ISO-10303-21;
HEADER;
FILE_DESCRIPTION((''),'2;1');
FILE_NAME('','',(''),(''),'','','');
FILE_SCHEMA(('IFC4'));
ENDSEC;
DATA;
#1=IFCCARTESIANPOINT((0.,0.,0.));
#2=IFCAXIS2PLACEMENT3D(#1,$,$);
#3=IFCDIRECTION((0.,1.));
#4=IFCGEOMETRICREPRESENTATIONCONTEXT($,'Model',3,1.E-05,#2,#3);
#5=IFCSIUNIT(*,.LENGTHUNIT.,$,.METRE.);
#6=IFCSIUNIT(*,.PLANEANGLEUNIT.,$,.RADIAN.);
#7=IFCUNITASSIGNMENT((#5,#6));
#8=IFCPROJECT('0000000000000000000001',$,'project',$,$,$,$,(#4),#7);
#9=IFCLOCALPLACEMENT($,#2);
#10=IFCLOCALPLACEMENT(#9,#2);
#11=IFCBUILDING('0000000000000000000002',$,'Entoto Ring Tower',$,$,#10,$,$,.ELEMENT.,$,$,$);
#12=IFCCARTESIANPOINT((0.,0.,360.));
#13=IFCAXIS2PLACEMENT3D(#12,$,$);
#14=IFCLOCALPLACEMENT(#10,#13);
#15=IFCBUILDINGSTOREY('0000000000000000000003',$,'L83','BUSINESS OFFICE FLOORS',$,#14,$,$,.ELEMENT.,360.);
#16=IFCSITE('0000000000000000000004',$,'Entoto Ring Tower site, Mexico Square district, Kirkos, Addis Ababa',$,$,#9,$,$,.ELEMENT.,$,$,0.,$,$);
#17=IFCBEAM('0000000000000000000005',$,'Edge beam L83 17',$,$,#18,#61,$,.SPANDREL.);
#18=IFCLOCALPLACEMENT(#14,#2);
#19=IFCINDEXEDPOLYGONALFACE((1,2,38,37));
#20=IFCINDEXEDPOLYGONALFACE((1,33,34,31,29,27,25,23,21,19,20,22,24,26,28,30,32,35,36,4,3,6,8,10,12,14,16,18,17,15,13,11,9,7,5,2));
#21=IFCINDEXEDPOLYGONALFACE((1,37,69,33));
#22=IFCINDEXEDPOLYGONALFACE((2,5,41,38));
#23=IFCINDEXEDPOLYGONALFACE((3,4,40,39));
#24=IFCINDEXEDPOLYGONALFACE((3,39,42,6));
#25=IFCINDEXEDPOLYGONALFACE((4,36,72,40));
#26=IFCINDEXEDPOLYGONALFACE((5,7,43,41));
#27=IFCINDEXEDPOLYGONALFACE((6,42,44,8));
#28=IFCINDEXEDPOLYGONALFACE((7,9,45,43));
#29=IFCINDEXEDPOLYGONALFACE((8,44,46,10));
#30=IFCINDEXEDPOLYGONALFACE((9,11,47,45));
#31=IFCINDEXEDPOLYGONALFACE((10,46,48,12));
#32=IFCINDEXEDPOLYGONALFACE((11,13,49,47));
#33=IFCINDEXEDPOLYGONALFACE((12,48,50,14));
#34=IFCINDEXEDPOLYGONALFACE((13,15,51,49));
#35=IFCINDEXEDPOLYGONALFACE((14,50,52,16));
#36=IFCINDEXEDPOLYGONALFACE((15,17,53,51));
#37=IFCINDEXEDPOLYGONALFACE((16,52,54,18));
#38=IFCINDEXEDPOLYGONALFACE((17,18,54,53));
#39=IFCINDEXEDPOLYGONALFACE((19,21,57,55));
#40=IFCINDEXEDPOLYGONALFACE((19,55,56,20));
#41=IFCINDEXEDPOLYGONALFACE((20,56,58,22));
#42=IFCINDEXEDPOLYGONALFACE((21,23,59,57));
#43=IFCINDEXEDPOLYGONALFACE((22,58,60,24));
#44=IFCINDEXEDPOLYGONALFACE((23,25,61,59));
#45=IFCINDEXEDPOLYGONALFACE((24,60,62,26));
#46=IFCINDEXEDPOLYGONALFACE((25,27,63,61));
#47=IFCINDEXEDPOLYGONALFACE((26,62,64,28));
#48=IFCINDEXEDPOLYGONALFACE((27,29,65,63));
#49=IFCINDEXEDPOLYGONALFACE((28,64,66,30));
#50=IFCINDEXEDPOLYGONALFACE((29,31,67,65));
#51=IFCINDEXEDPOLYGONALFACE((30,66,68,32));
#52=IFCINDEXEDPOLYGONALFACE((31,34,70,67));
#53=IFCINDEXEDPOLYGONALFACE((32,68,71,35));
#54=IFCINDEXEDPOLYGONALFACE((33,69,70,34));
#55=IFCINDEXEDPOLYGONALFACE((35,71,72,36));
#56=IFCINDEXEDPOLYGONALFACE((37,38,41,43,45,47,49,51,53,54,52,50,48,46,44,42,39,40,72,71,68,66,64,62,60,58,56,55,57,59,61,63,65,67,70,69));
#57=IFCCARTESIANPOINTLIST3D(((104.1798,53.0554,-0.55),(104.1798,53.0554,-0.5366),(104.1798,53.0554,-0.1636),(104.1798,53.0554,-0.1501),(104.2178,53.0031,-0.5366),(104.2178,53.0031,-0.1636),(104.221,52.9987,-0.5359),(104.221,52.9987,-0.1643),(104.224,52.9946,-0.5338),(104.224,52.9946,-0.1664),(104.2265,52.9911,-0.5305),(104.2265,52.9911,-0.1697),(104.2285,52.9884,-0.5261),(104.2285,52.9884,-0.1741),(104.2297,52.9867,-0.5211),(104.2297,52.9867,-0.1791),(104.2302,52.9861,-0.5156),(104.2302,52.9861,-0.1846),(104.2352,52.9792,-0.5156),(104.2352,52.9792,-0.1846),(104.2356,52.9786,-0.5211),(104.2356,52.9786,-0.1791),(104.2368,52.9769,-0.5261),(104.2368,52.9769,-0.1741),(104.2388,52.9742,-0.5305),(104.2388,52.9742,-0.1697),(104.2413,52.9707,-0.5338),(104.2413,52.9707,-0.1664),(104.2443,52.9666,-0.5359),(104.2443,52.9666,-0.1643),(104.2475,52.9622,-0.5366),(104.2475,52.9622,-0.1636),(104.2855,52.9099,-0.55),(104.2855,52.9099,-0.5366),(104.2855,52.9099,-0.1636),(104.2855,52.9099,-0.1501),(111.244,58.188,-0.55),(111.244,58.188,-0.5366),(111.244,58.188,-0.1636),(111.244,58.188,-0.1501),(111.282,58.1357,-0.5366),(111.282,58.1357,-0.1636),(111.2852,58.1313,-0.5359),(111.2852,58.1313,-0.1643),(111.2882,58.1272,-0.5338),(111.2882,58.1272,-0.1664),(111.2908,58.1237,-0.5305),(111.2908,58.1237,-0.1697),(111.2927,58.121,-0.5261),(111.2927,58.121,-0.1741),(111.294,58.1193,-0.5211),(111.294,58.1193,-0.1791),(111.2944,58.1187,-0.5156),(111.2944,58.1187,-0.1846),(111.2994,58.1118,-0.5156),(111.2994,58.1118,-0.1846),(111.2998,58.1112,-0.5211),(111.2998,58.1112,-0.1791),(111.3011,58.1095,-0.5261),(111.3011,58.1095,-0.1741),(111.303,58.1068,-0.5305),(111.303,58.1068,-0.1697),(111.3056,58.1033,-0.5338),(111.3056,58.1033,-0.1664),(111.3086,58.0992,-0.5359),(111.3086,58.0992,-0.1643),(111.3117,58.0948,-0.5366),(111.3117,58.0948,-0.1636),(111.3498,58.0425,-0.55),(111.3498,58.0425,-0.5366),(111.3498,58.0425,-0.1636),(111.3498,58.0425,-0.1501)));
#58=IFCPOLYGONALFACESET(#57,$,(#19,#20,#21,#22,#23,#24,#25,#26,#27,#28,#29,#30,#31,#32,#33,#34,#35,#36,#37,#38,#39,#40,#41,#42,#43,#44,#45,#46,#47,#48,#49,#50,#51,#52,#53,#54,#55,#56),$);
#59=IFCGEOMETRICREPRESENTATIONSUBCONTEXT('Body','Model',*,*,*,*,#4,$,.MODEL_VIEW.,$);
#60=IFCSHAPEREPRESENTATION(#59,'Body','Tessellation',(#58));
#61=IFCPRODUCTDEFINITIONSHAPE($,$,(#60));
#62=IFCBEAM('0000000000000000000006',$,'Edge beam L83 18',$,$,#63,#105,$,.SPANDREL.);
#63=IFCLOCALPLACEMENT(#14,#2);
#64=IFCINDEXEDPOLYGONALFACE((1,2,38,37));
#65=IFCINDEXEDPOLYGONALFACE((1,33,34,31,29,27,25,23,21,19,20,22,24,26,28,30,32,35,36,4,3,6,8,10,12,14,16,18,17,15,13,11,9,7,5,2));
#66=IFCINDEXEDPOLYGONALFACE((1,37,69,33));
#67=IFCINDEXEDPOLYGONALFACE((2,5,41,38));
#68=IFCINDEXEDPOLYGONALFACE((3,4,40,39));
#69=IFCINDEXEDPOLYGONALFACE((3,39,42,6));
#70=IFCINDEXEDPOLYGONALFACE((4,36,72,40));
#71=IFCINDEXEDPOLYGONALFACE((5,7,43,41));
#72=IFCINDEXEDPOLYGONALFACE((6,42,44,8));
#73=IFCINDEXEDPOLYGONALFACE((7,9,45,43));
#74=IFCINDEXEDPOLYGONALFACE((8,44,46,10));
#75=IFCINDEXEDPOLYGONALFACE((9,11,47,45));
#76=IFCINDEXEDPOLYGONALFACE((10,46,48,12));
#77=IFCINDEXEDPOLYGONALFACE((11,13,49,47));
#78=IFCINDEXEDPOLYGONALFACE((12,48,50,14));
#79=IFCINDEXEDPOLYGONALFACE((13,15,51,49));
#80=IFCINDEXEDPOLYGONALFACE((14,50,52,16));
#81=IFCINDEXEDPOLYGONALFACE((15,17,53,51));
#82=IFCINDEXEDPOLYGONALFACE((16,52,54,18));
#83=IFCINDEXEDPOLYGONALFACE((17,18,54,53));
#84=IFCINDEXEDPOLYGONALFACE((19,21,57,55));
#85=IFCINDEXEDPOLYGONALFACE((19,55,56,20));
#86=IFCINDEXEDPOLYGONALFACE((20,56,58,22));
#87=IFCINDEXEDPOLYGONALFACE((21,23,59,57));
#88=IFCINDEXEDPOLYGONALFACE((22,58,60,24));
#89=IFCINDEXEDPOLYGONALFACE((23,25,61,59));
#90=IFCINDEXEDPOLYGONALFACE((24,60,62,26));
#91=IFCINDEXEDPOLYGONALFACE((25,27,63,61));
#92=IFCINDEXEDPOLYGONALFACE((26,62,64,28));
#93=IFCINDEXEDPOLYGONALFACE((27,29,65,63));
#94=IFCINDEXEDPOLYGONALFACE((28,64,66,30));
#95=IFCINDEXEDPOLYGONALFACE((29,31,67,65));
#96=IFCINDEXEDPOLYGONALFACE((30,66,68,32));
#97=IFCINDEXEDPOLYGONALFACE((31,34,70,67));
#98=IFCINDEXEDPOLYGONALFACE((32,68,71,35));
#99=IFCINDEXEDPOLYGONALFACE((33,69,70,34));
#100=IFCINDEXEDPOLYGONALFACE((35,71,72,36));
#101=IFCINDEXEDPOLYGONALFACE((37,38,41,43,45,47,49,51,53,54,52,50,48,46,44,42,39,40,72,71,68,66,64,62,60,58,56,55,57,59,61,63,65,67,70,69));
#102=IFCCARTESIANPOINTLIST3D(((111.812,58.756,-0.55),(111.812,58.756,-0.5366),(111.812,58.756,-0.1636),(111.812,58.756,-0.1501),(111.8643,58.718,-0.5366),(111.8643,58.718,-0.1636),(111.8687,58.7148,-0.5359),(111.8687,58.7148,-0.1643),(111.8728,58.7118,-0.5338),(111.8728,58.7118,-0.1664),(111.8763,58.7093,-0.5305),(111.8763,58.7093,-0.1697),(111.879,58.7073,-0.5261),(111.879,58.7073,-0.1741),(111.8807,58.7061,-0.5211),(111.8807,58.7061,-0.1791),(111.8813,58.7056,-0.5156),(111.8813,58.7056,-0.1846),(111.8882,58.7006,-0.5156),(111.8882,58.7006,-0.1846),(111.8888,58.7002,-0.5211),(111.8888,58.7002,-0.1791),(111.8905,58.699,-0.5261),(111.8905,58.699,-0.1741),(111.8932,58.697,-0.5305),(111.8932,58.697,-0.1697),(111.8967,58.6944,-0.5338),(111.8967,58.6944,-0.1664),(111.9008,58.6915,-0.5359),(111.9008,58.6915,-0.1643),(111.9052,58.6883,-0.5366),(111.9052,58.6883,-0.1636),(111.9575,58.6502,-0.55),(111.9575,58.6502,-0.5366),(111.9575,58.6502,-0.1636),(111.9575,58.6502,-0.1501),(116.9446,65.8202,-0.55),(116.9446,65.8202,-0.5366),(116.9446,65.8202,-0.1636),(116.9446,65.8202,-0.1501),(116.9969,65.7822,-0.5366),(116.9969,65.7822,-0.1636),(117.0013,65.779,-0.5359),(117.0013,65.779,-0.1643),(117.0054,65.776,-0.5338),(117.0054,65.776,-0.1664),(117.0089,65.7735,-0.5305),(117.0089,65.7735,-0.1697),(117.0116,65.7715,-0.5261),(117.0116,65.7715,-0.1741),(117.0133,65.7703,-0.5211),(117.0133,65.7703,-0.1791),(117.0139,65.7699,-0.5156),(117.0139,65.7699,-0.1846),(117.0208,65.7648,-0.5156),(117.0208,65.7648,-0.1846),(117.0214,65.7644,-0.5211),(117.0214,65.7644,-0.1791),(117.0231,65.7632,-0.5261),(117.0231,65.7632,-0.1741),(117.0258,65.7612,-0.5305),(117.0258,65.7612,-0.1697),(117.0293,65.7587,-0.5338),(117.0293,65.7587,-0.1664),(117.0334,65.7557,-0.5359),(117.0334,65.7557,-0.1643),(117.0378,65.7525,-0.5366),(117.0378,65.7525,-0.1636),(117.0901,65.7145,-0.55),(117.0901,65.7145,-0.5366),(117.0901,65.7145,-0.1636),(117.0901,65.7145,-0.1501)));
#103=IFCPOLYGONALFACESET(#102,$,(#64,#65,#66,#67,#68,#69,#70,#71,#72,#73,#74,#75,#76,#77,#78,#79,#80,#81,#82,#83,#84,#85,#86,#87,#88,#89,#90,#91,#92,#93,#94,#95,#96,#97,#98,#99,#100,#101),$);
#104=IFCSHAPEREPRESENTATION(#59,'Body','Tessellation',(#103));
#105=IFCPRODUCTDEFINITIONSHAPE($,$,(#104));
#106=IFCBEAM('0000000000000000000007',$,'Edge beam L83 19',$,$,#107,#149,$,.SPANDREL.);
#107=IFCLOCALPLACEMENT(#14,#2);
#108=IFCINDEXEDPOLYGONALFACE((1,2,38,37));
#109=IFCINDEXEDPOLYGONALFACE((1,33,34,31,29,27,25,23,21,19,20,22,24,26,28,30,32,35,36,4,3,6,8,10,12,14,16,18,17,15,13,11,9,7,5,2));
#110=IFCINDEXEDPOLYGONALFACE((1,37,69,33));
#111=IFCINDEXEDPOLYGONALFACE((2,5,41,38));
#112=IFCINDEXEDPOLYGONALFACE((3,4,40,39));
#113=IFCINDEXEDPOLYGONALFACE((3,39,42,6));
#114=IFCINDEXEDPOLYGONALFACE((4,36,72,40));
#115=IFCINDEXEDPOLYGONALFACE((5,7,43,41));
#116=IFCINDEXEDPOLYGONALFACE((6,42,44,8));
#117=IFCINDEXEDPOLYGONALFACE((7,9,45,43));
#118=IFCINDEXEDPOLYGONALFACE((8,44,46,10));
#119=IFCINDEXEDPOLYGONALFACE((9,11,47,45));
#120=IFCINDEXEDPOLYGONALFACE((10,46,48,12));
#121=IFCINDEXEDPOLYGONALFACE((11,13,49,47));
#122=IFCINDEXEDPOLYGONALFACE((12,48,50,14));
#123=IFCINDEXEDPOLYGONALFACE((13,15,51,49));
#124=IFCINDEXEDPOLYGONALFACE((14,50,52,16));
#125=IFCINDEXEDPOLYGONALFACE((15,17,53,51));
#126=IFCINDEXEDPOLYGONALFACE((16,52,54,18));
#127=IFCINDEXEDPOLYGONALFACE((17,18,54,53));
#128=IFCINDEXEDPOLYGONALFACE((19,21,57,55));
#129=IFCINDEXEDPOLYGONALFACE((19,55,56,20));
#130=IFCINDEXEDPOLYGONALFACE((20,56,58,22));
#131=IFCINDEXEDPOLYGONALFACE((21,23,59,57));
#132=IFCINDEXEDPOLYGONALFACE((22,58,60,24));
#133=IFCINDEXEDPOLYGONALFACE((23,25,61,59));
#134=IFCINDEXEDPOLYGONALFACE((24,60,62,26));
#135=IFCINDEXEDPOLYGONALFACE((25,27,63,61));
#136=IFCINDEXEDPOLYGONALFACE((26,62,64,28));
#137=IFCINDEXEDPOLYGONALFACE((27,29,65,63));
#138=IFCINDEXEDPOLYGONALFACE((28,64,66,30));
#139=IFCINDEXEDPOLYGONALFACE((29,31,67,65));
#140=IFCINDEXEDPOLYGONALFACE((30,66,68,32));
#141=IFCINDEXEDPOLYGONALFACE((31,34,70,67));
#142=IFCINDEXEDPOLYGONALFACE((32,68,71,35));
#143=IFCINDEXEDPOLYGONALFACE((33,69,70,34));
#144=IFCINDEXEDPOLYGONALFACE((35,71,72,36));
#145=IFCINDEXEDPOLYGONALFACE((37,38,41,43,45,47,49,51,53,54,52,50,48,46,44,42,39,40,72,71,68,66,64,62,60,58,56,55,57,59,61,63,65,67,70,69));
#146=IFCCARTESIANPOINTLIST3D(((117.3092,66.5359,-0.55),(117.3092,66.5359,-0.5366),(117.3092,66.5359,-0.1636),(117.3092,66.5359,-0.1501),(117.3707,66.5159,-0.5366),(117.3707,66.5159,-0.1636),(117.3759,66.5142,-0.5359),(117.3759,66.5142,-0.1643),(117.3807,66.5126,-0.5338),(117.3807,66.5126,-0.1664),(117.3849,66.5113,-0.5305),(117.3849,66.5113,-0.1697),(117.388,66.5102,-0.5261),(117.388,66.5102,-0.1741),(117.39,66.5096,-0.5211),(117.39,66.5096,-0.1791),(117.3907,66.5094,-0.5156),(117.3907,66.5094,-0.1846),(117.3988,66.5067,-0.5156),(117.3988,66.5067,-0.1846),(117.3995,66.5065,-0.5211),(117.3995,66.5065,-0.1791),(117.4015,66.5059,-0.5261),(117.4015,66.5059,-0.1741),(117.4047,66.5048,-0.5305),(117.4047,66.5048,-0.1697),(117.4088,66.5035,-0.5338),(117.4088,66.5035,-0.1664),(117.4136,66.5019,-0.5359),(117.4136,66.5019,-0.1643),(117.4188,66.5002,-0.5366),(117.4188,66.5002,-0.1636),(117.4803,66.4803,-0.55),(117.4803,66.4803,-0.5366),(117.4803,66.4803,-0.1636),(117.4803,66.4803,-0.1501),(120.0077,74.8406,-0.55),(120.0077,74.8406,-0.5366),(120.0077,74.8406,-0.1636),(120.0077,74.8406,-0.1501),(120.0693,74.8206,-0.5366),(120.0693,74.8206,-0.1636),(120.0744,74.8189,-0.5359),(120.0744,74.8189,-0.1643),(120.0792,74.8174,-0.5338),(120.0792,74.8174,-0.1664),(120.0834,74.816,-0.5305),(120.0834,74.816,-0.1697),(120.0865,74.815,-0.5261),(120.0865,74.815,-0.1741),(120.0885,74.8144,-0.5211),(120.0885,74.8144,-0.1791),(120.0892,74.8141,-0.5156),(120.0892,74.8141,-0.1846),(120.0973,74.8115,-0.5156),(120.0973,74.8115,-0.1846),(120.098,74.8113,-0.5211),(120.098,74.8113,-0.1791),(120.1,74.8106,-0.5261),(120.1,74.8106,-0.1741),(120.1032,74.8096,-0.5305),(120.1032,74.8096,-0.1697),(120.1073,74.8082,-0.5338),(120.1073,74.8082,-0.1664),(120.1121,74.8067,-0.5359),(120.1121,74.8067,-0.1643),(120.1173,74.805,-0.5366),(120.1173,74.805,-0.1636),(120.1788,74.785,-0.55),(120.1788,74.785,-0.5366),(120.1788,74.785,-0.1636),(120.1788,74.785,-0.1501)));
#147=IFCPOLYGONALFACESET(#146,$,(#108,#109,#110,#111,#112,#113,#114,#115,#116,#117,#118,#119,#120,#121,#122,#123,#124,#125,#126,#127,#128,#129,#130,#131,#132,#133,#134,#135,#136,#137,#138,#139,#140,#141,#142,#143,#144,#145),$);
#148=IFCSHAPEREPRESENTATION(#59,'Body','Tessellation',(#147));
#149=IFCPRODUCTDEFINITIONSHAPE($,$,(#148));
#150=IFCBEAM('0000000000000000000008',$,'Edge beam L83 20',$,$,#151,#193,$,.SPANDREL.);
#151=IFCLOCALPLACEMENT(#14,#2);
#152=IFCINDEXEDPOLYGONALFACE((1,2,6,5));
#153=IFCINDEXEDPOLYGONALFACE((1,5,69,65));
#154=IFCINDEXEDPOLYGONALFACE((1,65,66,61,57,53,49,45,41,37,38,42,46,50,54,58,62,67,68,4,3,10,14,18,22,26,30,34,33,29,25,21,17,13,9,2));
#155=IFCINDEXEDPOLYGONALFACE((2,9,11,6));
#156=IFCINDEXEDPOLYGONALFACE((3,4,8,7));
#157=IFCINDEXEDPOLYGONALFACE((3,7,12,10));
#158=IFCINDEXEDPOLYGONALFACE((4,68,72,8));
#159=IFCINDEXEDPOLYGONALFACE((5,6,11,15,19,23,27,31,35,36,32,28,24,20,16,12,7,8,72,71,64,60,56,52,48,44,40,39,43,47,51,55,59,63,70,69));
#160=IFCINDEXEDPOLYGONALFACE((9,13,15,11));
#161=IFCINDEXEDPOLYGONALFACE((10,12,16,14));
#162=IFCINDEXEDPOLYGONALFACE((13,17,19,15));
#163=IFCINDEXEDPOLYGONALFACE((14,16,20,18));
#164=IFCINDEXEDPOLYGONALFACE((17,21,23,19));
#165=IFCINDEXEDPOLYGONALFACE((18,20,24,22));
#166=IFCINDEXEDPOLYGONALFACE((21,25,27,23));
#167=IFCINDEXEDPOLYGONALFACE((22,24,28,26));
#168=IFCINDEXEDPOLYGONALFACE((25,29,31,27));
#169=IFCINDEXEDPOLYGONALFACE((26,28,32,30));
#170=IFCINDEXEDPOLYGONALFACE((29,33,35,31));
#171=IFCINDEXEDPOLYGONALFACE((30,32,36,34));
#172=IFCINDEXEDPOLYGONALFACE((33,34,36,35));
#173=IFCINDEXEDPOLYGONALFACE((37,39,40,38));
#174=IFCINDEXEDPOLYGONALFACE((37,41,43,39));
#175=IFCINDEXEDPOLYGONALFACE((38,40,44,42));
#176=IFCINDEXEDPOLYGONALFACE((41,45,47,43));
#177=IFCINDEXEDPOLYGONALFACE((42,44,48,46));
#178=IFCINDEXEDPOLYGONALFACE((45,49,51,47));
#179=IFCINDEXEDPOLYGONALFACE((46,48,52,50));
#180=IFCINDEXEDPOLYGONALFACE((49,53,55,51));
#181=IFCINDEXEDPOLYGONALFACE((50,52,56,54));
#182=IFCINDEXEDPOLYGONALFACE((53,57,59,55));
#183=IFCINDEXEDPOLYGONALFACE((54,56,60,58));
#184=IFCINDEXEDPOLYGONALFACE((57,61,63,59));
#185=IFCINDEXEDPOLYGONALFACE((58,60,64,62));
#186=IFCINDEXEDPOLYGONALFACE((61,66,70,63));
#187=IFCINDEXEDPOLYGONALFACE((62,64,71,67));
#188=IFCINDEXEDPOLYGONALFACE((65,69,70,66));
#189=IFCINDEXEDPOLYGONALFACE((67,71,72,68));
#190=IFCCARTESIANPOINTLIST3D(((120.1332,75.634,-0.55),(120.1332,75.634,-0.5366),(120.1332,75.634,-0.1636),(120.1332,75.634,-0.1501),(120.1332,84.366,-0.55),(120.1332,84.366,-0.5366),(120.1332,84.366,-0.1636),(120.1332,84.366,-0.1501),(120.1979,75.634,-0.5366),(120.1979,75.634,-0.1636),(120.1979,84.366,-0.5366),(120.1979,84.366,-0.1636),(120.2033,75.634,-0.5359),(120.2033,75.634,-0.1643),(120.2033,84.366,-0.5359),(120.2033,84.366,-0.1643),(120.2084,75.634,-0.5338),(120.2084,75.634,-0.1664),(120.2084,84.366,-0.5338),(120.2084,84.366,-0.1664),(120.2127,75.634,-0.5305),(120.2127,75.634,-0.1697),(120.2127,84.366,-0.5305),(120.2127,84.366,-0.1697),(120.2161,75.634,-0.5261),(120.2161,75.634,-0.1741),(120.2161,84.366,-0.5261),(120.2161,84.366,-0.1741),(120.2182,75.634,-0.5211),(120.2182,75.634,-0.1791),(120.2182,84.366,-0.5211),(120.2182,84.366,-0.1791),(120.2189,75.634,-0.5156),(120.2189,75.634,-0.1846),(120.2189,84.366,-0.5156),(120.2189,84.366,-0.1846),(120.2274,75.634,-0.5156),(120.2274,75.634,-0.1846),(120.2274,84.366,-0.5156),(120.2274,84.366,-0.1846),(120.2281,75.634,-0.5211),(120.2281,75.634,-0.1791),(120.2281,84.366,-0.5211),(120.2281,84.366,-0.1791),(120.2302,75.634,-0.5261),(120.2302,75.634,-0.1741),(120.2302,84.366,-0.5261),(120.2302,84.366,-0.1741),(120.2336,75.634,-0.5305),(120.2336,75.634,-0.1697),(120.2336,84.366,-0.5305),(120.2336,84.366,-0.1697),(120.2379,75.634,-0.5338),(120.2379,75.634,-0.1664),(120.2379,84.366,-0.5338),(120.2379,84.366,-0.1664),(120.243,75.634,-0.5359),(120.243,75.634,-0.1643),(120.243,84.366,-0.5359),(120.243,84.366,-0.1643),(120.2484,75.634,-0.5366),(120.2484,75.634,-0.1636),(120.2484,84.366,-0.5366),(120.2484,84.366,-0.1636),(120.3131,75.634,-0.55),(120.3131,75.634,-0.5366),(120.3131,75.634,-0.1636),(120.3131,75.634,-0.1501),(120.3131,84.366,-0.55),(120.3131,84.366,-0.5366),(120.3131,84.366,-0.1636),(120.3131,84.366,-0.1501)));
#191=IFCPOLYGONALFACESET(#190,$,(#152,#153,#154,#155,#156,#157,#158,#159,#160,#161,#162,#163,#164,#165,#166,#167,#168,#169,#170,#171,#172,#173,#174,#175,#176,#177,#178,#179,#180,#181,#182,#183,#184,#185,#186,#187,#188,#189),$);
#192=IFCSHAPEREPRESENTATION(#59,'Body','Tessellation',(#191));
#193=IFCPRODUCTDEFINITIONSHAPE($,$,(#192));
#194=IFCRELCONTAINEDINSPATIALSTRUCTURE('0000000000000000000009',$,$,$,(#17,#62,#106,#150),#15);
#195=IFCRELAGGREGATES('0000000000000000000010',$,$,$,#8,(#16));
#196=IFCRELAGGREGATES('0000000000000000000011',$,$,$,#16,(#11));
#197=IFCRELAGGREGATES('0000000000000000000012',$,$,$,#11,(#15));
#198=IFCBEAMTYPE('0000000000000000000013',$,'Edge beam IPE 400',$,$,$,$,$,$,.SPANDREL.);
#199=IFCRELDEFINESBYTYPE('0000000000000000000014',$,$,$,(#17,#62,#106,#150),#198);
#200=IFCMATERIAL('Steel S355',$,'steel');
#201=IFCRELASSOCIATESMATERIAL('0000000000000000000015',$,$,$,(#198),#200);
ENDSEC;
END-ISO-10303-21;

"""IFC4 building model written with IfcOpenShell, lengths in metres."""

from ifc_helpers import new_model, si_unit, direction, frame, origin, origin_2d, place, context, subcontext, project, spatial, i_section, extrude, material, material_profile, profile_set, type_object, element, save


model = new_model("IFC4")

# Units and contexts
model_context = context("Model", 3, precision=1e-05, world=origin(), true_north=direction((0.0, 1.0)))
body_context = subcontext(model_context, "Body", "Model", "MODEL_VIEW")
ifc_project = project(units=[si_unit("LENGTHUNIT", "METRE"), si_unit("PLANEANGLEUNIT", "RADIAN")], contexts=[model_context])

# Site, building, storey
site_placement = place(None, origin())
site = spatial("IfcSite", under=ifc_project, at=site_placement, Name="Entoto Ring Tower site, Mexico Square district, Kirkos, Addis Ababa", CompositionType="ELEMENT", RefElevation=0.0)
building_placement = place(site_placement, origin())
building = spatial("IfcBuilding", under=site, at=building_placement, Name="Entoto Ring Tower", CompositionType="ELEMENT")
storey_placement = place(building_placement, frame((0.0, 0.0, 360.0)))
storey = spatial("IfcBuildingStorey", under=building, at=storey_placement, Name="L83", Description="BUSINESS OFFICE FLOORS", CompositionType="ELEMENT", Elevation=360.0)

# Beams
ifc_material_1 = material(Name="Steel S355", Category="steel")
ifc_material_profile_1 = material_profile(ifc_material_1, i_section(OverallWidth=0.1799, OverallDepth=0.3999, WebThickness=0.0085, FlangeThickness=0.0134, FilletRadius=0.021, at=origin_2d()), Name="IPE 400")
ifc_profile_set_1 = profile_set([ifc_material_profile_1], Name="Steel S355")
beam_type_1 = type_object("IfcBeamType", Name="Edge beam IPE 400", PredefinedType="SPANDREL", material=ifc_profile_set_1)
for number, where, z_axis, x_axis, name in (
    (1, (104.2327, 52.9827, -0.3501), (0.80901, 0.587794, 0.0), (-0.587794, 0.80901, 0.0), "Edge beam L83 17"),
    (2, (111.8848, 58.7031, -0.3501), (0.587794, 0.80901, 0.0), (-0.80901, 0.587794, 0.0), "Edge beam L83 18"),
):
    element("IfcBeam", number, at=place(storey_placement, frame(where, z_axis=z_axis, x_axis=x_axis)), inside=storey, type_object=beam_type_1, Name=name, PredefinedType="SPANDREL", context=body_context, shape_type="SweptSolid", body=[
        extrude(i_section(OverallWidth=0.1799, OverallDepth=0.3999, WebThickness=0.0085, FlangeThickness=0.0134, FilletRadius=0.021, at=origin_2d()), origin(), (0.0, 0.0, 1.0), 8.7319),
    ])
beam_1_placement = place(storey_placement, frame((117.3948, 66.5081, -0.3501), z_axis=(0.30903, 0.951052, 0.0), x_axis=(-0.951052, 0.30903, 0.0)))
element("IfcBeam", 3, at=beam_1_placement, inside=storey, type_object=beam_type_1, Name="Edge beam L83 19", PredefinedType="SPANDREL", context=body_context, shape_type="SweptSolid", body=[
    extrude(i_section(OverallWidth=0.1799, OverallDepth=0.3999, WebThickness=0.0085, FlangeThickness=0.0134, FilletRadius=0.021, at=origin_2d()), origin(), (0.0, 0.0, 1.0), 8.7322),
])
beam_2_placement = place(storey_placement, frame((120.2231, 75.634, -0.3501), z_axis=(0.0, 1.0, 0.0), x_axis=(-1.0, 0.0, 0.0)))
element("IfcBeam", 4, at=beam_2_placement, inside=storey, type_object=beam_type_1, Name="Edge beam L83 20", PredefinedType="SPANDREL", context=body_context, shape_type="SweptSolid", body=[
    extrude(i_section(OverallWidth=0.1799, OverallDepth=0.3999, WebThickness=0.0085, FlangeThickness=0.0134, FilletRadius=0.021, at=origin_2d()), origin(), (0.0, 0.0, 1.0), 8.7319),
])

save(model, "model.ifc")
